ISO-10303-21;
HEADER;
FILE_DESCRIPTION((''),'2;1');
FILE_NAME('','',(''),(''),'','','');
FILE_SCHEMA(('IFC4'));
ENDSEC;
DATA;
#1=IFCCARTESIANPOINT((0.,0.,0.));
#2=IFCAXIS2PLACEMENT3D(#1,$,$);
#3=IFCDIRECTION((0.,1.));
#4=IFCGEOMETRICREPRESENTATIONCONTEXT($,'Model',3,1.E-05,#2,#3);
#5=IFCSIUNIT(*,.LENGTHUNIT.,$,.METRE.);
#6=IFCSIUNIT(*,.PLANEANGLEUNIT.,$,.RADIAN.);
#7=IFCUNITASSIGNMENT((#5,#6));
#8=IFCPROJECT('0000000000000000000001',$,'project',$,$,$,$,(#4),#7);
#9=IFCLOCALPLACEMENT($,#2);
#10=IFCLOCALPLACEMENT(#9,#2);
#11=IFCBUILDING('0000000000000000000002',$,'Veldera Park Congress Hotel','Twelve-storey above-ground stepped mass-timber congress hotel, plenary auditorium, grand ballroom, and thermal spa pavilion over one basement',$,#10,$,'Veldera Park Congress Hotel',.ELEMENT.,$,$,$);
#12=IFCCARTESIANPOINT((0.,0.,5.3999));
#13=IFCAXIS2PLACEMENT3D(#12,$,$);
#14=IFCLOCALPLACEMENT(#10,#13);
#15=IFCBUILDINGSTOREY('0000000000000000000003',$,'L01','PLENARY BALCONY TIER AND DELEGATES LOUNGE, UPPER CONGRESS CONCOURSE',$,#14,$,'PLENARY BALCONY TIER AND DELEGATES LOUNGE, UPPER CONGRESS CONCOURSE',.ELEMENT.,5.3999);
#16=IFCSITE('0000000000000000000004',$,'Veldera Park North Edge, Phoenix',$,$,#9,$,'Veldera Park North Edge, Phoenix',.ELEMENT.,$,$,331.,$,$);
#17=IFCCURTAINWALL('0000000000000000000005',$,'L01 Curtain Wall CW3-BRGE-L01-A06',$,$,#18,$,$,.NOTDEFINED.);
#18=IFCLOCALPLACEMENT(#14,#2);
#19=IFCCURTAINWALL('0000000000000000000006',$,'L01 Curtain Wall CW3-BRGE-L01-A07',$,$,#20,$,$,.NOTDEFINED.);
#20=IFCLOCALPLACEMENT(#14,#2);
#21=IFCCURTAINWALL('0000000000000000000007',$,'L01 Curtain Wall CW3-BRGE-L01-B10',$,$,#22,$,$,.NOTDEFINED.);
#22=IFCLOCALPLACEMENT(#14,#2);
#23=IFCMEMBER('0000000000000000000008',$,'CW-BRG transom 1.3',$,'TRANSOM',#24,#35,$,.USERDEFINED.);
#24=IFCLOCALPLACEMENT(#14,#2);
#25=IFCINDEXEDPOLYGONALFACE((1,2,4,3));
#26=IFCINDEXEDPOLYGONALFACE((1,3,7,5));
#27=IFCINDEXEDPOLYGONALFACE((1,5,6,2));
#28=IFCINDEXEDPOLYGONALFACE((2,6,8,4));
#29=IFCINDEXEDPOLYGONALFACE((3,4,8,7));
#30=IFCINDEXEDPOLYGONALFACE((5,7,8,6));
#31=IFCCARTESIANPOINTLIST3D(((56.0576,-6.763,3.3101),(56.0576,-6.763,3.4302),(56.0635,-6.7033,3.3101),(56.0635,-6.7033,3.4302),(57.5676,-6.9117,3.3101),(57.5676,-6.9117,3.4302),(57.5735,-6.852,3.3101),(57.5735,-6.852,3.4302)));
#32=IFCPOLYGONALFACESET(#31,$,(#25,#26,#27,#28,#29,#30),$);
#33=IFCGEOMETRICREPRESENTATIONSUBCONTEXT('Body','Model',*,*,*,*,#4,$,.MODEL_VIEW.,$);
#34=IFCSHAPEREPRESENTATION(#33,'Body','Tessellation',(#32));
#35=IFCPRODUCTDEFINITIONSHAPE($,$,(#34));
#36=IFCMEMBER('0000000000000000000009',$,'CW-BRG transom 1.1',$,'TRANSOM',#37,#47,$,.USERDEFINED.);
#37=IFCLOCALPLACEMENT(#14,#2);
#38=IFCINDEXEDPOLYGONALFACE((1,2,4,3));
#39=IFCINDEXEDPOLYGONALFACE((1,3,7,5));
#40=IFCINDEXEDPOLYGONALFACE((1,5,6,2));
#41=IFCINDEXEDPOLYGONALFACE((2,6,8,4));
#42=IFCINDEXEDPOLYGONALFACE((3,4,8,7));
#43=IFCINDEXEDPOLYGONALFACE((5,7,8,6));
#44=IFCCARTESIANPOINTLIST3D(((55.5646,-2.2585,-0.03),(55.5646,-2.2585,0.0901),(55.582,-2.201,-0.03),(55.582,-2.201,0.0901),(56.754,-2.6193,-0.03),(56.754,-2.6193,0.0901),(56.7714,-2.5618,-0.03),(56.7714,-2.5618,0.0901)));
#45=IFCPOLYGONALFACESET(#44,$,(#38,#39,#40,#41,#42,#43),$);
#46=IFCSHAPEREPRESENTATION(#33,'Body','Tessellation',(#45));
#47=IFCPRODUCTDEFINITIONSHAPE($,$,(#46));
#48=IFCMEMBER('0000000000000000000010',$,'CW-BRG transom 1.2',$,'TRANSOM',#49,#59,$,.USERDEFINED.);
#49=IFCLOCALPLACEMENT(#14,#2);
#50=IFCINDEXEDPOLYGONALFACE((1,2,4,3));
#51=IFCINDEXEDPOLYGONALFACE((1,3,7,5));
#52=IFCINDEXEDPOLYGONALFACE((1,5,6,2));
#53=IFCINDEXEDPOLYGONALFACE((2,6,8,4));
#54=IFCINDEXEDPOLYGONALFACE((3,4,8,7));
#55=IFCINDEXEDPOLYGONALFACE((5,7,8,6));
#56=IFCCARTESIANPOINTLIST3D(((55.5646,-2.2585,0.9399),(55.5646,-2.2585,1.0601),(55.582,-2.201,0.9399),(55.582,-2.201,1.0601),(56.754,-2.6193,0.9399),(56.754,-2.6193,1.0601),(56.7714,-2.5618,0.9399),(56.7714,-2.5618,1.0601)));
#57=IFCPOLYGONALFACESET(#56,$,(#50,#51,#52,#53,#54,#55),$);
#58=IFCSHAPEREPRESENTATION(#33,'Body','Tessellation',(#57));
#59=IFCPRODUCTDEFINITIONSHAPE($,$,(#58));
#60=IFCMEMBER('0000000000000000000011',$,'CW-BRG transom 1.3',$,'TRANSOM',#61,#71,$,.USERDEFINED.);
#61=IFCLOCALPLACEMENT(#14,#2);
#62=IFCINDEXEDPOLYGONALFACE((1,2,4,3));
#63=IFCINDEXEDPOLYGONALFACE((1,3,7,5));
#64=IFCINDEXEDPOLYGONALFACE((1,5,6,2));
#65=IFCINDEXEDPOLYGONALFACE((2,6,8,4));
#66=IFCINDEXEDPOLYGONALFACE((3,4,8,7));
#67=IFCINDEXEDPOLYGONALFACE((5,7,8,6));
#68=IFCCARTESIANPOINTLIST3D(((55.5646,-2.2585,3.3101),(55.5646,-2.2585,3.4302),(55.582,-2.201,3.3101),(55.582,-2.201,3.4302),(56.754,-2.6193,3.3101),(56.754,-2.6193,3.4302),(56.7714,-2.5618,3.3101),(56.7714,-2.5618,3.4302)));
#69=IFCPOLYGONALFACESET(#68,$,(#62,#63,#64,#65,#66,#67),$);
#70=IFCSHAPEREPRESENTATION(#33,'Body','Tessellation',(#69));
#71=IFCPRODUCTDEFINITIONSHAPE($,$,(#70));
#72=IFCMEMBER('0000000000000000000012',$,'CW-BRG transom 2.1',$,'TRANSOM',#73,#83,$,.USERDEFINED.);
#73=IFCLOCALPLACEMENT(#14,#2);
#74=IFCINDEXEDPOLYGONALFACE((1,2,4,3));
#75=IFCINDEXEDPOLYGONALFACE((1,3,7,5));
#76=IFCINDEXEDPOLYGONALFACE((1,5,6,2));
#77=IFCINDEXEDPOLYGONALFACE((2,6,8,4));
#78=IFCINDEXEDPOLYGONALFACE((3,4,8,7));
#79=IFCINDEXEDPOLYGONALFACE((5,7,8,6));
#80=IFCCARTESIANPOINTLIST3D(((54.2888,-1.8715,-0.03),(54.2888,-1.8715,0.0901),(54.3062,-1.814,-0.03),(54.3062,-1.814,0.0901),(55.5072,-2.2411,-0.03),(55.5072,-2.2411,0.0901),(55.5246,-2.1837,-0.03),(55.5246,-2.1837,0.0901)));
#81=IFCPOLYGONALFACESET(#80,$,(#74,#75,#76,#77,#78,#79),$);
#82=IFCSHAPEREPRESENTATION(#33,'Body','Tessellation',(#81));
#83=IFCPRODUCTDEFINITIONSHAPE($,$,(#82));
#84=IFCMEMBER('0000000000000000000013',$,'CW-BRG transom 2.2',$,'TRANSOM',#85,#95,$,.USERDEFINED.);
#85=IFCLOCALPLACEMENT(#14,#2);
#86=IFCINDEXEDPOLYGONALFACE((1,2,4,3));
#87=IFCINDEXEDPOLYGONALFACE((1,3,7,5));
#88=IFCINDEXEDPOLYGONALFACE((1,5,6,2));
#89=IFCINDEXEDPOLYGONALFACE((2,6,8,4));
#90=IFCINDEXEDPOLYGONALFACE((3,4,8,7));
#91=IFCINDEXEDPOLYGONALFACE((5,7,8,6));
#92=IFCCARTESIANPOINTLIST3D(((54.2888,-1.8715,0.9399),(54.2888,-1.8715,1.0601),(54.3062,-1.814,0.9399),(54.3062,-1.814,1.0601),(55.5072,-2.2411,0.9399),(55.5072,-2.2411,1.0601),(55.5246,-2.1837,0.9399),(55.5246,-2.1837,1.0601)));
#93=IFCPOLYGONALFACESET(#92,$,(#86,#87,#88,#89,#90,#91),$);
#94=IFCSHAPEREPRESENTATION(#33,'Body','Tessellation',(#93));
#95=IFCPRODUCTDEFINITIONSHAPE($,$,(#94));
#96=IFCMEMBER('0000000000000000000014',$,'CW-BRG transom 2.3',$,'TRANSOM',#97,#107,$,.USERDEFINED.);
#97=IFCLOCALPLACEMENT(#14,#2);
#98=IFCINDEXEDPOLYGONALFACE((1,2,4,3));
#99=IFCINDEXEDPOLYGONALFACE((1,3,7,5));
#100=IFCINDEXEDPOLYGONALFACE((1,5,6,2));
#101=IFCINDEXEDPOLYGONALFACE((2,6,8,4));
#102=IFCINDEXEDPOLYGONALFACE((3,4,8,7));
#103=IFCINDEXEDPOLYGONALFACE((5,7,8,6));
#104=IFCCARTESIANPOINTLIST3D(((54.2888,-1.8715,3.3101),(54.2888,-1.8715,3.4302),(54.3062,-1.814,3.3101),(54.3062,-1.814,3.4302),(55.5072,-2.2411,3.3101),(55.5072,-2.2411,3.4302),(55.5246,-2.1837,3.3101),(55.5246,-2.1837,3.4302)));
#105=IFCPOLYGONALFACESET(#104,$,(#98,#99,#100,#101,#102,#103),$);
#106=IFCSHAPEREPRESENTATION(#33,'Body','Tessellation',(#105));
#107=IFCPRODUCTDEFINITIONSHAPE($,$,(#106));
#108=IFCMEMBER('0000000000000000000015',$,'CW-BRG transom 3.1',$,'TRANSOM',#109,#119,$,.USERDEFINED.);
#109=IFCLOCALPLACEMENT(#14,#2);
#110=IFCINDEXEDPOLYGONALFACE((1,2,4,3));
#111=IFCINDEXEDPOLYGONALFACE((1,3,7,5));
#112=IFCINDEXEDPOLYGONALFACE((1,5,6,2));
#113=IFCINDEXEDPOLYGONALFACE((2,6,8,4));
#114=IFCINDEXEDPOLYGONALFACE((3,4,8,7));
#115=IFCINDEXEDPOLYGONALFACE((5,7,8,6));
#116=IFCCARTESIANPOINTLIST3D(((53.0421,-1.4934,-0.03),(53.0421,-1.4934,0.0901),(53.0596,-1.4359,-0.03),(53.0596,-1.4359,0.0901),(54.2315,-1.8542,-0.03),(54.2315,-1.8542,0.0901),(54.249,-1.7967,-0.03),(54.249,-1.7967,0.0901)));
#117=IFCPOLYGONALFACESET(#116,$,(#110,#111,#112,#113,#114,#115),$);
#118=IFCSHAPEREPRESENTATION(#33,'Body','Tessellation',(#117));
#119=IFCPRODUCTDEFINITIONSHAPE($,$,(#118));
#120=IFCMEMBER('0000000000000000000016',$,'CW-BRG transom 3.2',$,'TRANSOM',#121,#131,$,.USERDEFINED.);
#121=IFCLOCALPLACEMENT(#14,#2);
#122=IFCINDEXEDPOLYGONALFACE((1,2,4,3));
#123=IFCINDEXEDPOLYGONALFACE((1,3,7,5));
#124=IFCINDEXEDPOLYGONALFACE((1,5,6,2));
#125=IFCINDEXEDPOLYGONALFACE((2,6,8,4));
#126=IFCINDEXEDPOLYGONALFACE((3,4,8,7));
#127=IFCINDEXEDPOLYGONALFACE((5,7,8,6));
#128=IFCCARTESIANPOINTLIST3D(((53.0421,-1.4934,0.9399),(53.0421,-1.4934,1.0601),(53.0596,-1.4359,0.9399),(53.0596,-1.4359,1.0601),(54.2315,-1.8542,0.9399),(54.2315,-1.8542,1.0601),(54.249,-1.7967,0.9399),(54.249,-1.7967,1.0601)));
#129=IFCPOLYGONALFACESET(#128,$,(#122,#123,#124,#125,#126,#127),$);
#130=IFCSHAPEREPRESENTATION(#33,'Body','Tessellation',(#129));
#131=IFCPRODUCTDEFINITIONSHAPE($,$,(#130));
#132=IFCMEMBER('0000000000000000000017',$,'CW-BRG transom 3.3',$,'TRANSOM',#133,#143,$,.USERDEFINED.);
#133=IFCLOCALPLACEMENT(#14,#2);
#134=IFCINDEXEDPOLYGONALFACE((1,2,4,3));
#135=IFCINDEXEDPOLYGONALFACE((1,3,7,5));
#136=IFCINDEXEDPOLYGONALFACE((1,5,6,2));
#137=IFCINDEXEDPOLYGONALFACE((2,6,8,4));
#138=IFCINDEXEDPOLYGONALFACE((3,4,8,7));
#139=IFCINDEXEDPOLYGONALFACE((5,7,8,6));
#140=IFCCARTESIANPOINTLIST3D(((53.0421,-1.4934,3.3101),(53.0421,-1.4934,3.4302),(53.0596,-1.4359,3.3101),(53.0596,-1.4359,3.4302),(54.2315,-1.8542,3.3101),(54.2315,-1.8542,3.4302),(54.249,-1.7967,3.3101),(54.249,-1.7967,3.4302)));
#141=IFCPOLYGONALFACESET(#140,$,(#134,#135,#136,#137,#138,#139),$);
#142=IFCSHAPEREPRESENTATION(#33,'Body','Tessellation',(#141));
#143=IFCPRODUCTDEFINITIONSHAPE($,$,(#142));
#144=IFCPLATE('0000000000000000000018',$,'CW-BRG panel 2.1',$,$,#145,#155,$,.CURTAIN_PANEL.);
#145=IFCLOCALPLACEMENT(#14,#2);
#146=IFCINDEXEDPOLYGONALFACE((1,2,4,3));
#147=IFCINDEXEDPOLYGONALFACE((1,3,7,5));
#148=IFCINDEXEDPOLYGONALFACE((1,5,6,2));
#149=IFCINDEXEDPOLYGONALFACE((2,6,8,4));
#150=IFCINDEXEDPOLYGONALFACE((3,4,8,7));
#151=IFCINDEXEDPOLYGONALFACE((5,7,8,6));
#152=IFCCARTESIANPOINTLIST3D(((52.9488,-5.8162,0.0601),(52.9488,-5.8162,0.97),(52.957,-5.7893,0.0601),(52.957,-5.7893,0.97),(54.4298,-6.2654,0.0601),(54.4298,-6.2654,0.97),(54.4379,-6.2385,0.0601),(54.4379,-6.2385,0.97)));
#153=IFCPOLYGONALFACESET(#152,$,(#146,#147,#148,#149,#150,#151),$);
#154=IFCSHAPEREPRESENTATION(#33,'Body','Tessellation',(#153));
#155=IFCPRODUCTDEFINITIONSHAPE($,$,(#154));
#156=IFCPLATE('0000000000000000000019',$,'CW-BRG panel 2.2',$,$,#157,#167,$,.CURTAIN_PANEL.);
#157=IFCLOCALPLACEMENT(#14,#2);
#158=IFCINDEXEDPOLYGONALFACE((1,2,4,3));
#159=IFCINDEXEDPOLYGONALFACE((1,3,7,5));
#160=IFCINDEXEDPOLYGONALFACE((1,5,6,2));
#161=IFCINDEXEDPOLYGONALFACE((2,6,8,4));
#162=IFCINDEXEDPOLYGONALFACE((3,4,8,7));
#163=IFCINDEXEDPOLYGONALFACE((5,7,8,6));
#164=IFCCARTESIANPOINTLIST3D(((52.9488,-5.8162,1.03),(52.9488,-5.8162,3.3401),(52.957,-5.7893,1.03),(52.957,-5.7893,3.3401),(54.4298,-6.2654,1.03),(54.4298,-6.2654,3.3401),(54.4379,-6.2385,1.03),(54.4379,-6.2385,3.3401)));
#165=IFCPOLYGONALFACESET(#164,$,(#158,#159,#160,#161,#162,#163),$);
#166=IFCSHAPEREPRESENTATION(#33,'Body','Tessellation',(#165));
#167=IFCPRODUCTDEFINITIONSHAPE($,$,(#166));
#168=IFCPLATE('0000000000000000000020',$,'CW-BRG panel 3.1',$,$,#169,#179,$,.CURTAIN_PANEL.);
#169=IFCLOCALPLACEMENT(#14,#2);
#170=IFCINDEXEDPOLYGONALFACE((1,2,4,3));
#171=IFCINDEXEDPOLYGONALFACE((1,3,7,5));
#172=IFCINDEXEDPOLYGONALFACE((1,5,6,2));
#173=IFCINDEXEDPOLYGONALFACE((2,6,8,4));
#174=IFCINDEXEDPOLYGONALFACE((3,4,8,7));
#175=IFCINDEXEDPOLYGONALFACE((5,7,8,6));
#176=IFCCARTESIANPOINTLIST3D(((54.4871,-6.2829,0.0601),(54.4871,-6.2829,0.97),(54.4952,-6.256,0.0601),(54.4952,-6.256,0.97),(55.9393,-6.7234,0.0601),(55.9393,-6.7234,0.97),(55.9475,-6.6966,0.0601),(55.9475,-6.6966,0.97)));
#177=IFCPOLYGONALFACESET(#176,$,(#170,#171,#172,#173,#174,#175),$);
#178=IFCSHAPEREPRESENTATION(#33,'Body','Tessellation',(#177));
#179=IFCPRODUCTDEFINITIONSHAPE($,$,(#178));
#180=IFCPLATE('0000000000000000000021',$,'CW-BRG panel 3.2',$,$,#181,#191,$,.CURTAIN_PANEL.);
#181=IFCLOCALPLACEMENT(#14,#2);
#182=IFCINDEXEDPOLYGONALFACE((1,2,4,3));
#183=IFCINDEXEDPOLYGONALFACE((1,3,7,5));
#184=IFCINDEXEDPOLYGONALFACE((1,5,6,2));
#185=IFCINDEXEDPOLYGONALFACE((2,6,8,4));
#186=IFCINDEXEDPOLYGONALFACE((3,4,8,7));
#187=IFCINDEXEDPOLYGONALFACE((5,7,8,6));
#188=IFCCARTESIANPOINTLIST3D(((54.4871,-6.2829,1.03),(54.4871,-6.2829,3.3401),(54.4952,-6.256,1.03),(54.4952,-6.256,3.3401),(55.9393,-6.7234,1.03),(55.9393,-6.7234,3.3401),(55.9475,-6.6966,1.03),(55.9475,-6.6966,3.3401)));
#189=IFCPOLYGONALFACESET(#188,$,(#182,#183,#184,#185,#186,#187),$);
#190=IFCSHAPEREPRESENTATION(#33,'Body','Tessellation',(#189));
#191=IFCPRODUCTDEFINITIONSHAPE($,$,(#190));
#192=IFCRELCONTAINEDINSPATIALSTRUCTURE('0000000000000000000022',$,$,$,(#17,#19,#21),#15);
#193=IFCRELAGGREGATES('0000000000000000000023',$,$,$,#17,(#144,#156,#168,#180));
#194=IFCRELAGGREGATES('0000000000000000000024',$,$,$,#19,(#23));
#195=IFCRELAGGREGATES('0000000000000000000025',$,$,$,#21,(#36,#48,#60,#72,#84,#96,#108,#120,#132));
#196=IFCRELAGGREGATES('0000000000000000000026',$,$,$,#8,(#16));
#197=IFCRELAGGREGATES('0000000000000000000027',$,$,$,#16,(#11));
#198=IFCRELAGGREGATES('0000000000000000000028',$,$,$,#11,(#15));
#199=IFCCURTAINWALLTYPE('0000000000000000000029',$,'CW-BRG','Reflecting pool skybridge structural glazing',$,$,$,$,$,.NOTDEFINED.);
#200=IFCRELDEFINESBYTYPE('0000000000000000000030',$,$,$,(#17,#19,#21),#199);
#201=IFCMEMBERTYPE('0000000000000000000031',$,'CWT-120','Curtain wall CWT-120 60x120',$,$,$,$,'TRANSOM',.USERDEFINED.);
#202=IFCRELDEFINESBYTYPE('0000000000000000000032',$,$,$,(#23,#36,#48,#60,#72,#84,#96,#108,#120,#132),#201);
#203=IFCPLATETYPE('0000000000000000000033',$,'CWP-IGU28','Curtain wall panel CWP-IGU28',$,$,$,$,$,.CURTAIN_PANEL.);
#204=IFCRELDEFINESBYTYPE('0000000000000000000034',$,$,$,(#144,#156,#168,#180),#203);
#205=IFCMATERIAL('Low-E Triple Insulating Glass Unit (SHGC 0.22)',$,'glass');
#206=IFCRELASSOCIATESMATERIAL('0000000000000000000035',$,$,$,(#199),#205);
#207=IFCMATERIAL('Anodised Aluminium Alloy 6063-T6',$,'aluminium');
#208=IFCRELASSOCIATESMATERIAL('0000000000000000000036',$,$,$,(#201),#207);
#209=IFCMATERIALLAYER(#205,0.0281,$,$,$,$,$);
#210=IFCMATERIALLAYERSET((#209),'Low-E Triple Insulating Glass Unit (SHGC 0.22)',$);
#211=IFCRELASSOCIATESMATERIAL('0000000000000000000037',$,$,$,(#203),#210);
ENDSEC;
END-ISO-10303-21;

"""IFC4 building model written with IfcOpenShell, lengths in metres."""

from ifc_helpers import new_model, si_unit, direction, frame, origin, origin_2d, place, context, subcontext, project, spatial, rectangle, extrude, material, layer, layer_set, material_profile, profile_set, type_object, element, aggregate, save


model = new_model("IFC4")

# Units and contexts
model_context = context("Model", 3, precision=1e-05, world=origin(), true_north=direction((0.0, 1.0)))
body_context = subcontext(model_context, "Body", "Model", "MODEL_VIEW")
ifc_project = project(units=[si_unit("LENGTHUNIT", "METRE"), si_unit("PLANEANGLEUNIT", "RADIAN")], contexts=[model_context])

# Site, building, storey
site_placement = place(None, origin())
site = spatial("IfcSite", under=ifc_project, at=site_placement, Name="Veldera Park North Edge, Phoenix", LongName="Veldera Park North Edge, Phoenix", CompositionType="ELEMENT", RefElevation=331.0)
building_placement = place(site_placement, origin())
building = spatial("IfcBuilding", under=site, at=building_placement, Name="Veldera Park Congress Hotel", Description="Twelve-storey above-ground stepped mass-timber congress hotel, plenary auditorium, grand ballroom, and thermal spa pavilion over one basement", LongName="Veldera Park Congress Hotel", CompositionType="ELEMENT")
storey_placement = place(building_placement, frame((0.0, 0.0, 5.3999)))
storey = spatial("IfcBuildingStorey", under=building, at=storey_placement, Name="L01", Description="PLENARY BALCONY TIER AND DELEGATES LOUNGE, UPPER CONGRESS CONCOURSE", LongName="PLENARY BALCONY TIER AND DELEGATES LOUNGE, UPPER CONGRESS CONCOURSE", CompositionType="ELEMENT", Elevation=5.3999)

# Curtain wall
ifc_material_1 = material(Name="Low-E Triple Insulating Glass Unit (SHGC 0.22)", Category="glass")
curtain_wall_type = type_object("IfcCurtainWallType", Name="CW-BRG", Description="Reflecting pool skybridge structural glazing", PredefinedType="NOTDEFINED", material=ifc_material_1)
curtain_wall_1_placement = place(storey_placement, origin())
curtain_wall_1 = element("IfcCurtainWall", 1, at=curtain_wall_1_placement, inside=storey, type_object=curtain_wall_type, Name="L01 Curtain Wall CW3-BRGE-L01-A06", PredefinedType="NOTDEFINED")
ifc_material_2 = material(Name="Anodised Aluminium Alloy 6063-T6", Category="aluminium")

# Curtain wall
curtain_wall_2_placement = place(storey_placement, origin())
curtain_wall_2 = element("IfcCurtainWall", 2, at=curtain_wall_2_placement, inside=storey, type_object=curtain_wall_type, Name="L01 Curtain Wall CW3-BRGE-L01-A07", PredefinedType="NOTDEFINED")

# Curtain wall
curtain_wall_3_placement = place(storey_placement, origin())
curtain_wall_3 = element("IfcCurtainWall", 3, at=curtain_wall_3_placement, inside=storey, type_object=curtain_wall_type, Name="L01 Curtain Wall CW3-BRGE-L01-B10", PredefinedType="NOTDEFINED")

# Members
ifc_material_profile_1 = material_profile(ifc_material_2, rectangle(XDim=0.0601, YDim=0.1201, at=origin_2d()), Name="ALU 60x120")
ifc_profile_set_1 = profile_set([ifc_material_profile_1], Name="Anodised Aluminium Alloy 6063-T6")
member_type_1 = type_object("IfcMemberType", Name="CWT-120", Description="Curtain wall CWT-120 60x120", ElementType="TRANSOM", PredefinedType="USERDEFINED", material=ifc_profile_set_1)
member_1_placement = place(storey_placement, frame((56.0605, -6.7332, 3.3701), z_axis=(0.995187, -0.09799, 0.0), x_axis=(0.09799, 0.995187, 0.0)))
member_1 = element("IfcMember", 4, at=member_1_placement, type_object=member_type_1, Name="CW-BRG transom 1.3", ObjectType="TRANSOM", PredefinedType="USERDEFINED", context=body_context, shape_type="SweptSolid", body=[
    extrude(rectangle(XDim=0.0601, YDim=0.1201, at=origin_2d()), origin(), (0.0, 0.0, 1.0), 1.5173),
])
member_2_placement = place(storey_placement, frame((56.7627, -2.5906, 0.03), z_axis=(-0.956935, 0.290302, 0.0), x_axis=(-0.290302, -0.956935, 0.0)))
member_2 = element("IfcMember", 5, at=member_2_placement, type_object=member_type_1, Name="CW-BRG transom 1.1", ObjectType="TRANSOM", PredefinedType="USERDEFINED", context=body_context, shape_type="SweptSolid", body=[
    extrude(rectangle(XDim=0.0601, YDim=0.1201, at=origin_2d()), origin(), (0.0, 0.0, 1.0), 1.2429),
])
member_3_placement = place(storey_placement, frame((56.7627, -2.5906, 1.0), z_axis=(-0.956935, 0.290302, 0.0), x_axis=(-0.290302, -0.956935, 0.0)))
member_3 = element("IfcMember", 6, at=member_3_placement, type_object=member_type_1, Name="CW-BRG transom 1.2", ObjectType="TRANSOM", PredefinedType="USERDEFINED", context=body_context, shape_type="SweptSolid", body=[
    extrude(rectangle(XDim=0.0601, YDim=0.1201, at=origin_2d()), origin(), (0.0, 0.0, 1.0), 1.2429),
])
member_4_placement = place(storey_placement, frame((56.7627, -2.5906, 3.3701), z_axis=(-0.956935, 0.290302, 0.0), x_axis=(-0.290302, -0.956935, 0.0)))
member_4 = element("IfcMember", 7, at=member_4_placement, type_object=member_type_1, Name="CW-BRG transom 1.3", ObjectType="TRANSOM", PredefinedType="USERDEFINED", context=body_context, shape_type="SweptSolid", body=[
    extrude(rectangle(XDim=0.0601, YDim=0.1201, at=origin_2d()), origin(), (0.0, 0.0, 1.0), 1.2429),
])
member_5_placement = place(storey_placement, frame((55.5159, -2.2124, 0.03), z_axis=(-0.956924, 0.290337, 0.0), x_axis=(-0.290337, -0.956924, 0.0)))
member_5 = element("IfcMember", 8, at=member_5_placement, type_object=member_type_1, Name="CW-BRG transom 2.1", ObjectType="TRANSOM", PredefinedType="USERDEFINED", context=body_context, shape_type="SweptSolid", body=[
    extrude(rectangle(XDim=0.0601, YDim=0.1201, at=origin_2d()), origin(), (0.0, 0.0, 1.0), 1.2732),
])
member_6_placement = place(storey_placement, frame((55.5159, -2.2124, 1.0), z_axis=(-0.956924, 0.290337, 0.0), x_axis=(-0.290337, -0.956924, 0.0)))
member_6 = element("IfcMember", 9, at=member_6_placement, type_object=member_type_1, Name="CW-BRG transom 2.2", ObjectType="TRANSOM", PredefinedType="USERDEFINED", context=body_context, shape_type="SweptSolid", body=[
    extrude(rectangle(XDim=0.0601, YDim=0.1201, at=origin_2d()), origin(), (0.0, 0.0, 1.0), 1.2732),
])
member_7_placement = place(storey_placement, frame((55.5159, -2.2124, 3.3701), z_axis=(-0.956924, 0.290337, 0.0), x_axis=(-0.290337, -0.956924, 0.0)))
member_7 = element("IfcMember", 10, at=member_7_placement, type_object=member_type_1, Name="CW-BRG transom 2.3", ObjectType="TRANSOM", PredefinedType="USERDEFINED", context=body_context, shape_type="SweptSolid", body=[
    extrude(rectangle(XDim=0.0601, YDim=0.1201, at=origin_2d()), origin(), (0.0, 0.0, 1.0), 1.2732),
])
member_8_placement = place(storey_placement, frame((54.2402, -1.8254, 0.03), z_axis=(-0.956935, 0.290302, 0.0), x_axis=(-0.290302, -0.956935, 0.0)))
member_8 = element("IfcMember", 11, at=member_8_placement, type_object=member_type_1, Name="CW-BRG transom 3.1", ObjectType="TRANSOM", PredefinedType="USERDEFINED", context=body_context, shape_type="SweptSolid", body=[
    extrude(rectangle(XDim=0.0601, YDim=0.1201, at=origin_2d()), origin(), (0.0, 0.0, 1.0), 1.2429),
])
member_9_placement = place(storey_placement, frame((54.2402, -1.8254, 1.0), z_axis=(-0.956935, 0.290302, 0.0), x_axis=(-0.290302, -0.956935, 0.0)))
member_9 = element("IfcMember", 12, at=member_9_placement, type_object=member_type_1, Name="CW-BRG transom 3.2", ObjectType="TRANSOM", PredefinedType="USERDEFINED", context=body_context, shape_type="SweptSolid", body=[
    extrude(rectangle(XDim=0.0601, YDim=0.1201, at=origin_2d()), origin(), (0.0, 0.0, 1.0), 1.2429),
])
member_10_placement = place(storey_placement, frame((54.2402, -1.8254, 3.3701), z_axis=(-0.956935, 0.290302, 0.0), x_axis=(-0.290302, -0.956935, 0.0)))
member_10 = element("IfcMember", 13, at=member_10_placement, type_object=member_type_1, Name="CW-BRG transom 3.3", ObjectType="TRANSOM", PredefinedType="USERDEFINED", context=body_context, shape_type="SweptSolid", body=[
    extrude(rectangle(XDim=0.0601, YDim=0.1201, at=origin_2d()), origin(), (0.0, 0.0, 1.0), 1.2429),
])

# Plates
ifc_layer = layer(ifc_material_1, 0.0281)
ifc_layer_set = layer_set([ifc_layer], Name="Low-E Triple Insulating Glass Unit (SHGC 0.22)")
plate_type = type_object("IfcPlateType", Name="CWP-IGU28", Description="Curtain wall panel CWP-IGU28", PredefinedType="CURTAIN_PANEL", material=ifc_layer_set)
plate_1_placement = place(storey_placement, frame((53.6934, -6.0273, 0.0601), z_axis=(0.0, 0.0, 1.0), x_axis=(0.956939, -0.290288, 0.0)))
plate_1 = element("IfcPlate", 14, at=plate_1_placement, type_object=plate_type, Name="CW-BRG panel 2.1", PredefinedType="CURTAIN_PANEL", context=body_context, shape_type="SweptSolid", body=[
    extrude(rectangle(XDim=1.5476, YDim=0.0281, at=origin_2d()), origin(), (0.0, 0.0, 1.0), 0.9099),
])
plate_2_placement = place(storey_placement, frame((53.6934, -6.0273, 1.03), z_axis=(0.0, 0.0, 1.0), x_axis=(0.956939, -0.290288, 0.0)))
plate_2 = element("IfcPlate", 15, at=plate_2_placement, type_object=plate_type, Name="CW-BRG panel 2.2", PredefinedType="CURTAIN_PANEL", context=body_context, shape_type="SweptSolid", body=[
    extrude(rectangle(XDim=1.5476, YDim=0.0281, at=origin_2d()), origin(), (0.0, 0.0, 1.0), 2.3101),
])
plate_3_placement = place(storey_placement, frame((55.2173, -6.4897, 0.0601), z_axis=(0.0, 0.0, 1.0), x_axis=(0.956939, -0.290288, 0.0)))
plate_3 = element("IfcPlate", 16, at=plate_3_placement, type_object=plate_type, Name="CW-BRG panel 3.1", PredefinedType="CURTAIN_PANEL", context=body_context, shape_type="SweptSolid", body=[
    extrude(rectangle(XDim=1.5176, YDim=0.0281, at=origin_2d()), origin(), (0.0, 0.0, 1.0), 0.9099),
])
plate_4_placement = place(storey_placement, frame((55.2173, -6.4897, 1.03), z_axis=(0.0, 0.0, 1.0), x_axis=(0.956939, -0.290288, 0.0)))
plate_4 = element("IfcPlate", 17, at=plate_4_placement, type_object=plate_type, Name="CW-BRG panel 3.2", PredefinedType="CURTAIN_PANEL", context=body_context, shape_type="SweptSolid", body=[
    extrude(rectangle(XDim=1.5176, YDim=0.0281, at=origin_2d()), origin(), (0.0, 0.0, 1.0), 2.3101),
])
aggregate(curtain_wall_1, [plate_1, plate_2, plate_3, plate_4])
aggregate(curtain_wall_2, [member_1])
aggregate(curtain_wall_3, [member_2, member_3, member_4, member_5, member_6, member_7, member_8, member_9, member_10])

save(model, "model.ifc")
